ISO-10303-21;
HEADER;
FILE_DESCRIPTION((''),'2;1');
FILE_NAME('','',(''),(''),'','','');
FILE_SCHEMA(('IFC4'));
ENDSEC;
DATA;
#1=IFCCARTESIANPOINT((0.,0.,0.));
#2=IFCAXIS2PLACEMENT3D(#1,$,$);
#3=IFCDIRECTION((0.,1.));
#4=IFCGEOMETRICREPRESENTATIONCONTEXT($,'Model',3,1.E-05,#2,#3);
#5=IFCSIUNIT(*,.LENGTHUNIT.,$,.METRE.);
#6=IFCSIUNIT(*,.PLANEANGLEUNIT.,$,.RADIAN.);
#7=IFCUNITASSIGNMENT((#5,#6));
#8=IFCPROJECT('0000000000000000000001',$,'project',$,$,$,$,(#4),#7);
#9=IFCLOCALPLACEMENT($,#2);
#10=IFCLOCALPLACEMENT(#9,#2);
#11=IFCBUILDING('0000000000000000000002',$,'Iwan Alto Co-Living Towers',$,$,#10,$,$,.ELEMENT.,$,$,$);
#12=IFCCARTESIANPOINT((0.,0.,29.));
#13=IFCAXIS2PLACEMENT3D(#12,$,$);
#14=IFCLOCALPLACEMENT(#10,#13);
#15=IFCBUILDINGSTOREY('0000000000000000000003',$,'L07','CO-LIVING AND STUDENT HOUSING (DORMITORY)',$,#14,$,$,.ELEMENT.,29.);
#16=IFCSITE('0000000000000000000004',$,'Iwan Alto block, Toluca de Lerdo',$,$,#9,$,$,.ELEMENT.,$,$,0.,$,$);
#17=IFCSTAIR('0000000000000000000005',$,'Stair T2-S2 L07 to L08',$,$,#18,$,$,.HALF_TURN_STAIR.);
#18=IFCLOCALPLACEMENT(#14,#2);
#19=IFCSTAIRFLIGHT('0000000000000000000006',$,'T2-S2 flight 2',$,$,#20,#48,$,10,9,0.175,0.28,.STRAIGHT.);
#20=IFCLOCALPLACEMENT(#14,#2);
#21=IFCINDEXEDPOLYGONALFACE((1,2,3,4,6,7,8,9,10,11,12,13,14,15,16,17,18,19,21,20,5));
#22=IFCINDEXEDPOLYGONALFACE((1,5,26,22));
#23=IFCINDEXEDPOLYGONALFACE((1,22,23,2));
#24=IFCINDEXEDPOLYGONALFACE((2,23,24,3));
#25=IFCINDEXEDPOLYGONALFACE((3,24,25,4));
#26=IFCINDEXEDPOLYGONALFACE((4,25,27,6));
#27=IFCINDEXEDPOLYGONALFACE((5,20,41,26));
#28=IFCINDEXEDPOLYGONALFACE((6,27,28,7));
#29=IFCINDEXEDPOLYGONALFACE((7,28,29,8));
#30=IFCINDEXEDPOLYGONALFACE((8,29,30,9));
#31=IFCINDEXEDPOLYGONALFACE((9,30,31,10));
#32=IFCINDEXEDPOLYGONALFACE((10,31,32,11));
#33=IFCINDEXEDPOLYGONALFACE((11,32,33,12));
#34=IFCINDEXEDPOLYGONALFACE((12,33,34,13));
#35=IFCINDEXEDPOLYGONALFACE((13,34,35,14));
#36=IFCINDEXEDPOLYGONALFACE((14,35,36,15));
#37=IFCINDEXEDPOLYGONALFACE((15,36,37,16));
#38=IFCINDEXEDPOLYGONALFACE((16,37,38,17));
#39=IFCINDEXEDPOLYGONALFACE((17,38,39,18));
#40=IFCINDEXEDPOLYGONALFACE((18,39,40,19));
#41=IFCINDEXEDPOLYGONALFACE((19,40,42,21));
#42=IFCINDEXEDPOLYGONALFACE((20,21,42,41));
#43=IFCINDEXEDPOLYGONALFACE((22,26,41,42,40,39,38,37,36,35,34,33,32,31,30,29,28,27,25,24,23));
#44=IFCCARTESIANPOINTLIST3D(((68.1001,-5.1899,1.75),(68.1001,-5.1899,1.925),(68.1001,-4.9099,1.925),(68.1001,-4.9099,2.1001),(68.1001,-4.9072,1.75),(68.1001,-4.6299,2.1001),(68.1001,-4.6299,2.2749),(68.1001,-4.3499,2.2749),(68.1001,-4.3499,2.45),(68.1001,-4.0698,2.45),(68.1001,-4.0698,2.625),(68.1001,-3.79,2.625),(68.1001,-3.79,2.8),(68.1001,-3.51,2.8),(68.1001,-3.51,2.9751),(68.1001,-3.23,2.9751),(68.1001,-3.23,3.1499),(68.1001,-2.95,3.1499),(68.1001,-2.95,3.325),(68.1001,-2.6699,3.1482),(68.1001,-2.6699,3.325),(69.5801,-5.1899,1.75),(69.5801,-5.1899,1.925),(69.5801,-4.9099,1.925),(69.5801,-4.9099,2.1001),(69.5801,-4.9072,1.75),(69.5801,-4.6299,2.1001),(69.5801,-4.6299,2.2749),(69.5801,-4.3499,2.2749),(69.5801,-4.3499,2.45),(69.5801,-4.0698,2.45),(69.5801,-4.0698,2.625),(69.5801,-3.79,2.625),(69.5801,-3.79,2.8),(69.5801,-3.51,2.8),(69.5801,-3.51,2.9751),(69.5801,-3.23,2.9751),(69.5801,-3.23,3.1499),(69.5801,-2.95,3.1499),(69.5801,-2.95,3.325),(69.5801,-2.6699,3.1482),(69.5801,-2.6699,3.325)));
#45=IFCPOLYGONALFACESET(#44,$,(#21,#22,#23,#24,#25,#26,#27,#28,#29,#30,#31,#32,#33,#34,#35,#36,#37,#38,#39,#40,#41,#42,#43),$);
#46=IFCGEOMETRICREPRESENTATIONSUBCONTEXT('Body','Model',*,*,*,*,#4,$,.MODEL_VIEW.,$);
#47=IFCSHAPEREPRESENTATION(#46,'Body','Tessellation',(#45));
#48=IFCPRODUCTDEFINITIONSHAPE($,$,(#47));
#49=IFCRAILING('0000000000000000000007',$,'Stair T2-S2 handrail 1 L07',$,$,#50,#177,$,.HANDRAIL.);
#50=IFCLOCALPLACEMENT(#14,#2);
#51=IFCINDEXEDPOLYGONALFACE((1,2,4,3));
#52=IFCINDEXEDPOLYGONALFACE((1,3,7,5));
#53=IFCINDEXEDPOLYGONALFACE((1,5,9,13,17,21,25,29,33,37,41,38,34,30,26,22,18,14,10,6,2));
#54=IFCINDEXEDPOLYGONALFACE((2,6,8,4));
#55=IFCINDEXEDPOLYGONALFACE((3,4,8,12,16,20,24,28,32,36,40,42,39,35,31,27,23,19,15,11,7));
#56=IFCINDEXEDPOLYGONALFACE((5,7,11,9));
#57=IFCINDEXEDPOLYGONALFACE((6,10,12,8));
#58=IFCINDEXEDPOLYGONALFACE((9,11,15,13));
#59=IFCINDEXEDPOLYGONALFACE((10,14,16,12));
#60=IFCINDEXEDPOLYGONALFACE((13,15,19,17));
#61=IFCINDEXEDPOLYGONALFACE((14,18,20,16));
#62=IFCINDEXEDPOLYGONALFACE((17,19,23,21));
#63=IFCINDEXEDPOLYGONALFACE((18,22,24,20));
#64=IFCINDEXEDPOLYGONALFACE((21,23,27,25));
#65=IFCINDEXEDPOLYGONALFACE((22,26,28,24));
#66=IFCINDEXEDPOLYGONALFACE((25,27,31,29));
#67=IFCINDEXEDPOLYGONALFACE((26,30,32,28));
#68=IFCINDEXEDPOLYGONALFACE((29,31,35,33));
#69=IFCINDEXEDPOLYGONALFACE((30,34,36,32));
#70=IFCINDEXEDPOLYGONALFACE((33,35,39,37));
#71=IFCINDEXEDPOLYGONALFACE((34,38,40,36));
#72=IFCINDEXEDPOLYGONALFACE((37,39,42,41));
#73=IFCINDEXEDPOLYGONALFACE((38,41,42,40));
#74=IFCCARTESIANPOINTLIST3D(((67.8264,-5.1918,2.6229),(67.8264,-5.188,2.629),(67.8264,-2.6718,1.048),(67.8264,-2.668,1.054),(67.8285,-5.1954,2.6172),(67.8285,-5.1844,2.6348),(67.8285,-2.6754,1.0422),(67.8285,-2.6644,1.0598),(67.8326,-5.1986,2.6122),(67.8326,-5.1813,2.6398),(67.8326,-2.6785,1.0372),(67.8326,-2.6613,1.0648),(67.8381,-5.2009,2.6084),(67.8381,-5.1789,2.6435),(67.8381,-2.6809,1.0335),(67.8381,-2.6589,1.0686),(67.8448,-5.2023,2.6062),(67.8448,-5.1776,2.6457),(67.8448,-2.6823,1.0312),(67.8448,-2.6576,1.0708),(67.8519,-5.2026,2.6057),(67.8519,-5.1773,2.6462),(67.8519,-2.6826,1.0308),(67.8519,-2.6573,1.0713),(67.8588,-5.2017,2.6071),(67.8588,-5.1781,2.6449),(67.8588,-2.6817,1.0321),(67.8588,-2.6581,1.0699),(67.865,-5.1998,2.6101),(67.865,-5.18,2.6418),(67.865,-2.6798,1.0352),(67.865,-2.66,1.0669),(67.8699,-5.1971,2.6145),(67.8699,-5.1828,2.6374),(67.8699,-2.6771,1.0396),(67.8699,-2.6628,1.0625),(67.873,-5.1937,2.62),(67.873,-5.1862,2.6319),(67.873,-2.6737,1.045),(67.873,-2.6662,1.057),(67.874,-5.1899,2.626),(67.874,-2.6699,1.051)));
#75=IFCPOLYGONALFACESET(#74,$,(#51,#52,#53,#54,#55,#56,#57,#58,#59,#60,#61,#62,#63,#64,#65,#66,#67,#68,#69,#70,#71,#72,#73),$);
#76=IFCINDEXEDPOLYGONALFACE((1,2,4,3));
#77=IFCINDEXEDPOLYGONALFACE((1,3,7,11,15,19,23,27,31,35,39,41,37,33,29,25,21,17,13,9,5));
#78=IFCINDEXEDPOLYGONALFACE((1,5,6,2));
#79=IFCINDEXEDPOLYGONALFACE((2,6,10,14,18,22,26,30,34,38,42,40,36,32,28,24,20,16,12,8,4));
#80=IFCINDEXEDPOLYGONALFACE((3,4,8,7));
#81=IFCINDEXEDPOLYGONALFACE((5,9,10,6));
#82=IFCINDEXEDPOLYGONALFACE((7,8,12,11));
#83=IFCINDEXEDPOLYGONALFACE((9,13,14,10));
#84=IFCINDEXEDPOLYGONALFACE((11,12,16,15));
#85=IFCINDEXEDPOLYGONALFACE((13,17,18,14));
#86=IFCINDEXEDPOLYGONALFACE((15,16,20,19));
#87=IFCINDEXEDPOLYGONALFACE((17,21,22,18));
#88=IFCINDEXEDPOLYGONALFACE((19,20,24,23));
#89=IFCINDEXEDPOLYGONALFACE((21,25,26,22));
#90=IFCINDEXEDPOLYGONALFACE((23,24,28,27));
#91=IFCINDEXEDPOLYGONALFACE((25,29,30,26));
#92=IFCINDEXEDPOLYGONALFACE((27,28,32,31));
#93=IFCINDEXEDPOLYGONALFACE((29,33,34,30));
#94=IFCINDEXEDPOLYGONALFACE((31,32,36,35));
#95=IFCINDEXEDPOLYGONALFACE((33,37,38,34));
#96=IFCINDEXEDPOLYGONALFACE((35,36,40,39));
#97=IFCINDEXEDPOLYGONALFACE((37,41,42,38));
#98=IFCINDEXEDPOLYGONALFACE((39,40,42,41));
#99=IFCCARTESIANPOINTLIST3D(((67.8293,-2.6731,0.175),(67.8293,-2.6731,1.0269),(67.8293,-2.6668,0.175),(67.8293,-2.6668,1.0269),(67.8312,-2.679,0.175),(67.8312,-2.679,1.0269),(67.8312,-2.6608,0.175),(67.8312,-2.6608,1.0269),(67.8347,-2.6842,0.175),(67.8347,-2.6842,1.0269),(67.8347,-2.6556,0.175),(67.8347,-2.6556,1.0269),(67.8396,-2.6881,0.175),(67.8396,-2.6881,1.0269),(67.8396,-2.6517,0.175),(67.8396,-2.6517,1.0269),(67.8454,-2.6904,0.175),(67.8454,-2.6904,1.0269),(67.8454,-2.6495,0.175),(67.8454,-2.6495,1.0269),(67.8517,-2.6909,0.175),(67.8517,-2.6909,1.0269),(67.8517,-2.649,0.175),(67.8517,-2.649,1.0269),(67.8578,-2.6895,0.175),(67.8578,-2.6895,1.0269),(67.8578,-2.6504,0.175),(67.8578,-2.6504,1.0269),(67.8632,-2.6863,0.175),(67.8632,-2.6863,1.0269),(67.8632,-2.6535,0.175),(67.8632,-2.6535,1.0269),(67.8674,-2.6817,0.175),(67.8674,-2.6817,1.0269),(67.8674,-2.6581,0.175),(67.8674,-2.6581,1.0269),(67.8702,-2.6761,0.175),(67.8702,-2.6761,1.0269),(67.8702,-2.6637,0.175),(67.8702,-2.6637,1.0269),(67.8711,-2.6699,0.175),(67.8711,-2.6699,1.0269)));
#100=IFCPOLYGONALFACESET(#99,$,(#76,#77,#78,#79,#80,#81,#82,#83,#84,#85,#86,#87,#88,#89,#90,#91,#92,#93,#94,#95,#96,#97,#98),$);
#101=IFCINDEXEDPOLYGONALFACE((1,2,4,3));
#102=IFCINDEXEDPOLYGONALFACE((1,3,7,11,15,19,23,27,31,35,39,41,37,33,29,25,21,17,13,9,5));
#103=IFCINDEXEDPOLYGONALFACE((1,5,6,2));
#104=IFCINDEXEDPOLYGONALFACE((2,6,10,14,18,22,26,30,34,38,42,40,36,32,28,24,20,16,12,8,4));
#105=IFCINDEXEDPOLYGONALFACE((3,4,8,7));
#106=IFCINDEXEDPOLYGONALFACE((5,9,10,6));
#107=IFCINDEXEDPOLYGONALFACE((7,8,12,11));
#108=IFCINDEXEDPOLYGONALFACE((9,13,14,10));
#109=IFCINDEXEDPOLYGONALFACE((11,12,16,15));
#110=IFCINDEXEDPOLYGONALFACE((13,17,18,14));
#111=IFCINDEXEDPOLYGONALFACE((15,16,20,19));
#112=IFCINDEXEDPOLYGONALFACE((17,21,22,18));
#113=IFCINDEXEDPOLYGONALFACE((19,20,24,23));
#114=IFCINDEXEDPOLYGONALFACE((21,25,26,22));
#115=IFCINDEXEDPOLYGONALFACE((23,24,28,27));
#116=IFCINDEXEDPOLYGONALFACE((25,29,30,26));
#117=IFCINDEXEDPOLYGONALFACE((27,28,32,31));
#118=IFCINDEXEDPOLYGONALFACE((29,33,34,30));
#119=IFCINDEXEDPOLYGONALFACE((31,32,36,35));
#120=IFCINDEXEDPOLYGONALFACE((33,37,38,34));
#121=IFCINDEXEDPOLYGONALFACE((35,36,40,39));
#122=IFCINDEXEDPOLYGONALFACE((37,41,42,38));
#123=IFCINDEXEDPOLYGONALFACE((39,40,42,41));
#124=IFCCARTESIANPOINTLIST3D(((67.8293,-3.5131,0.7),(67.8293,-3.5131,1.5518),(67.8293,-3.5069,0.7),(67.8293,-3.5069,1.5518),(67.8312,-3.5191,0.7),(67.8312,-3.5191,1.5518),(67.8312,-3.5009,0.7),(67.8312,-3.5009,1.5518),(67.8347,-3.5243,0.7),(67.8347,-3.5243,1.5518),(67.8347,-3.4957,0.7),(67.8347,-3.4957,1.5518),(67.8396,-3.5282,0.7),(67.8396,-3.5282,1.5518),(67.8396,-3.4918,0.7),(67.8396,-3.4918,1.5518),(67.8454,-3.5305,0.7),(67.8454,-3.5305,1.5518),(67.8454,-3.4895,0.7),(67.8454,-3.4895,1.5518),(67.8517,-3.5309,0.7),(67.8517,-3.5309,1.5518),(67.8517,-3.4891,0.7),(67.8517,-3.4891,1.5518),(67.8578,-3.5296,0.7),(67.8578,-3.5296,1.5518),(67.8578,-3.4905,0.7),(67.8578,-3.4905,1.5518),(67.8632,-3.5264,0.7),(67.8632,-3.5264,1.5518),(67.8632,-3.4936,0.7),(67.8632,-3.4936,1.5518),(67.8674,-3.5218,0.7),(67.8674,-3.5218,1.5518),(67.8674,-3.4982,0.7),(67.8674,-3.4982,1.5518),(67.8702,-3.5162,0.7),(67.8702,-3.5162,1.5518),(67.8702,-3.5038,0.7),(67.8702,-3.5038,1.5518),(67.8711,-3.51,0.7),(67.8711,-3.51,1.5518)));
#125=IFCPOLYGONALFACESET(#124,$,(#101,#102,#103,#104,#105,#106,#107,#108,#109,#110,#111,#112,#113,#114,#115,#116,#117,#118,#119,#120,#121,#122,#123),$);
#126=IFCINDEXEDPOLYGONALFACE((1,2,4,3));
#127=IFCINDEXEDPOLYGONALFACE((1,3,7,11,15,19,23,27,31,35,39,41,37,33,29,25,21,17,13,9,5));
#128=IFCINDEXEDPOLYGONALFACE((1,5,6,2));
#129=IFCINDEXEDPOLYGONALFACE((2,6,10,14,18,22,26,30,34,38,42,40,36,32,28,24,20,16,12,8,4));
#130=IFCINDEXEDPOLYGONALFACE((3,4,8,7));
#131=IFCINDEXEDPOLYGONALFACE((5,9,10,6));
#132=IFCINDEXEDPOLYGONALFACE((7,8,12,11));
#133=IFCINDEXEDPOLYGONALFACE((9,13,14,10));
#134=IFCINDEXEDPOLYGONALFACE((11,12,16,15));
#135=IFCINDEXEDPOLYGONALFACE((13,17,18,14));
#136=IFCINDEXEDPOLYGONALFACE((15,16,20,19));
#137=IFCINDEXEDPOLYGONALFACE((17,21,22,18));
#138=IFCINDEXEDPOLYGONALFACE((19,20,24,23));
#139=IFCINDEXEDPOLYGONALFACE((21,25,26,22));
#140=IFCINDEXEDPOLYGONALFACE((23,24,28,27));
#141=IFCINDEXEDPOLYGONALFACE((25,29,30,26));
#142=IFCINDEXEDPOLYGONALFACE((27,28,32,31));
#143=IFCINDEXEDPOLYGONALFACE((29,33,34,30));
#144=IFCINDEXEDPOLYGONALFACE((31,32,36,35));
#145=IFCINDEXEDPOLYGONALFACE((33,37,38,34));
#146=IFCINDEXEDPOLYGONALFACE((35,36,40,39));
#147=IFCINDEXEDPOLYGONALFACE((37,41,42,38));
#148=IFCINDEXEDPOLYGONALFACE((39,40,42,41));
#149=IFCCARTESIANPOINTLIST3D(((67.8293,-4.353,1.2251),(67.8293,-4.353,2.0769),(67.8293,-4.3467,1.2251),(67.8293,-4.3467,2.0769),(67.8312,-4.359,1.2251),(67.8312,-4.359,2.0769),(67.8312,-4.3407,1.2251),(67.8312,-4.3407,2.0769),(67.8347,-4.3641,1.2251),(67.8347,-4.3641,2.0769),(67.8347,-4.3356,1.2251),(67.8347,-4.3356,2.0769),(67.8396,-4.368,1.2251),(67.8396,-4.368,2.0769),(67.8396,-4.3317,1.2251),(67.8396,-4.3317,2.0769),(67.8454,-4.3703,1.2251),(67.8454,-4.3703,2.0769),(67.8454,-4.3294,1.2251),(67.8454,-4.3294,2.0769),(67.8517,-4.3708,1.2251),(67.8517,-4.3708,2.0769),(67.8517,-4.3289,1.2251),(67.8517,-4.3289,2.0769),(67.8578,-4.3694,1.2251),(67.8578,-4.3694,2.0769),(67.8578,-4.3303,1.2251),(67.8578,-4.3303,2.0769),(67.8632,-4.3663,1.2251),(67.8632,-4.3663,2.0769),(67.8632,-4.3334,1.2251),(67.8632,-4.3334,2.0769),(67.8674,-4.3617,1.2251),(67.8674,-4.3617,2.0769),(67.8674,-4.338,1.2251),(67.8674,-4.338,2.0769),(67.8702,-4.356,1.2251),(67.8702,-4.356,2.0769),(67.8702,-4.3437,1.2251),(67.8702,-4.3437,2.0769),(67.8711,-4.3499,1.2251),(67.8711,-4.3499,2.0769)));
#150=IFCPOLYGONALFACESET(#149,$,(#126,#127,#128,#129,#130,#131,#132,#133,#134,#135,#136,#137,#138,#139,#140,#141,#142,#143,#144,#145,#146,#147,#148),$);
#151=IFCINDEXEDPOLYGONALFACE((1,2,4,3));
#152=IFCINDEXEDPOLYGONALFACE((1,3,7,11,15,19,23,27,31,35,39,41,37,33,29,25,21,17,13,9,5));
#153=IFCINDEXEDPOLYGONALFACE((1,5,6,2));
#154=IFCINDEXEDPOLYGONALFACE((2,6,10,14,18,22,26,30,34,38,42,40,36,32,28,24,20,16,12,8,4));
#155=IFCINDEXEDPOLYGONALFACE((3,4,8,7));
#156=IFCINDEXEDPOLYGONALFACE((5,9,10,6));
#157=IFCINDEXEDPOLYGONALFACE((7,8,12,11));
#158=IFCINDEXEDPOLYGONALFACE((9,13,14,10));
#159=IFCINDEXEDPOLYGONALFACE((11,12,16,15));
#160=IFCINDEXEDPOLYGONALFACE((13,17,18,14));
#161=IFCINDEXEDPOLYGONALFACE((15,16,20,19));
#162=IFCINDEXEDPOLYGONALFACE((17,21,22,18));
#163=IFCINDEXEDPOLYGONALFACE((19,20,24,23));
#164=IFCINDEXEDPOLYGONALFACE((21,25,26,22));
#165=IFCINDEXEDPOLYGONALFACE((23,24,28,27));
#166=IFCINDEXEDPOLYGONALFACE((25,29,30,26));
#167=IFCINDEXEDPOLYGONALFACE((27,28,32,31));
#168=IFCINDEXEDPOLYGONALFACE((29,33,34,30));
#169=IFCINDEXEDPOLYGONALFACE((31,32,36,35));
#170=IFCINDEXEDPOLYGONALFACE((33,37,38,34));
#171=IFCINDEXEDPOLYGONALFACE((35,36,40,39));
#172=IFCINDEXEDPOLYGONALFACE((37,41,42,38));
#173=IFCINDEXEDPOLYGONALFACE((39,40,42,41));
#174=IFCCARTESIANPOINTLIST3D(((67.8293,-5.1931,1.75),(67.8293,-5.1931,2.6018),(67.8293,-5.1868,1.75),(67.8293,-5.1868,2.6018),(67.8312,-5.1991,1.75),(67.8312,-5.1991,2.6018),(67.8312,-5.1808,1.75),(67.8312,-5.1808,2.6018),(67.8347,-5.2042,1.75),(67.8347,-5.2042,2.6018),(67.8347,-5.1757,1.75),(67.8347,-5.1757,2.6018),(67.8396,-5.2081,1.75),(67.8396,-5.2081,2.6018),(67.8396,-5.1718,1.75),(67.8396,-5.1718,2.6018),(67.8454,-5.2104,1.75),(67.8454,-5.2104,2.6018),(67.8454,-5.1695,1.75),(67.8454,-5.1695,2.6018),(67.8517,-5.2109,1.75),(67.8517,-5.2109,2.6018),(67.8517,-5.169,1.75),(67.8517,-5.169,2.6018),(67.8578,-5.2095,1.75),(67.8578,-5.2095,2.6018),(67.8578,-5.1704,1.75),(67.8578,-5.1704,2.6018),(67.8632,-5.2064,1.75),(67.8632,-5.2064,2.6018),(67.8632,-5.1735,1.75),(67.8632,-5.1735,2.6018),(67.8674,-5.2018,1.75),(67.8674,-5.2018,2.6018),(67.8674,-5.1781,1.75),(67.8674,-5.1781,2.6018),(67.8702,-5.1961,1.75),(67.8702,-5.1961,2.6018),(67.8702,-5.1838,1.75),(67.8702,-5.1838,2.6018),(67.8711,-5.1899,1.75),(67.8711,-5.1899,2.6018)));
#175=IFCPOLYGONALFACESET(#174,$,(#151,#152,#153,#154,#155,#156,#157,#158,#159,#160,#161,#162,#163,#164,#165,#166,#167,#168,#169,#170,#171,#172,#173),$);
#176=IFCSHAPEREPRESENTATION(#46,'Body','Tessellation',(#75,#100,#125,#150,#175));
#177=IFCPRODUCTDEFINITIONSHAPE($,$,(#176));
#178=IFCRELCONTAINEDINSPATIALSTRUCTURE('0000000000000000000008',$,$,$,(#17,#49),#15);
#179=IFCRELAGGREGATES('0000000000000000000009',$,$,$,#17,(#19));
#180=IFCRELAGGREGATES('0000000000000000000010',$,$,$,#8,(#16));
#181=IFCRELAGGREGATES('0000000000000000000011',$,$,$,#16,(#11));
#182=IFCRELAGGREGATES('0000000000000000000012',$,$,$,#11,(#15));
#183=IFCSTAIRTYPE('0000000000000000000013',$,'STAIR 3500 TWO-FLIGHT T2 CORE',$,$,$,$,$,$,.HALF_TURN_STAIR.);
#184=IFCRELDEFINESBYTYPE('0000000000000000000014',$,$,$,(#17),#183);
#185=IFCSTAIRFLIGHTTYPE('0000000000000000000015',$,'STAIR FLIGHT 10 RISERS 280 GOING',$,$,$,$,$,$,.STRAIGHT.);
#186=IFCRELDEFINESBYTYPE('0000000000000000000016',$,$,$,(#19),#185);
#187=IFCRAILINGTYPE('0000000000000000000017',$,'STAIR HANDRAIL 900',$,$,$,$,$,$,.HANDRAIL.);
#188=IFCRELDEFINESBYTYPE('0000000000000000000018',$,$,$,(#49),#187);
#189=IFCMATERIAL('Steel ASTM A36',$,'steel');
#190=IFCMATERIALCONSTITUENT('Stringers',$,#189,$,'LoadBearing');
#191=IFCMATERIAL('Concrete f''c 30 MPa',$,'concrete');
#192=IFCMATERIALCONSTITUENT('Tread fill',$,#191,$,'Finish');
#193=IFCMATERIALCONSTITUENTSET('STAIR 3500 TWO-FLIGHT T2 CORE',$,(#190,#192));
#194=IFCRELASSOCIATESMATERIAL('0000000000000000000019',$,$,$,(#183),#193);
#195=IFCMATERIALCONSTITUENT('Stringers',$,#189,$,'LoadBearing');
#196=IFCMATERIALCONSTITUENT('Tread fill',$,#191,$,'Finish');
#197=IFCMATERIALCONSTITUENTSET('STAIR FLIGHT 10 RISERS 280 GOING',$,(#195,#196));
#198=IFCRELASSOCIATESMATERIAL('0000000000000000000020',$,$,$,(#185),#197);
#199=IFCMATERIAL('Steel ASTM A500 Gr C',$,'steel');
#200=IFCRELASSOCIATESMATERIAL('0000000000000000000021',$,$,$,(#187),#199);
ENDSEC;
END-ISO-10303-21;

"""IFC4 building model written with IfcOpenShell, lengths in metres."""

from ifc_helpers import new_model, si_unit, direction, frame, origin, origin_2d, place, context, subcontext, project, spatial, polyline, circle, outline, extrude, material, constituent, constituent_set, type_object, element, aggregate, save


model = new_model("IFC4")

# Units and contexts
model_context = context("Model", 3, precision=1e-05, world=origin(), true_north=direction((0.0, 1.0)))
body_context = subcontext(model_context, "Body", "Model", "MODEL_VIEW")
ifc_project = project(units=[si_unit("LENGTHUNIT", "METRE"), si_unit("PLANEANGLEUNIT", "RADIAN")], contexts=[model_context])

# Site, building, storey
site_placement = place(None, origin())
site = spatial("IfcSite", under=ifc_project, at=site_placement, Name="Iwan Alto block, Toluca de Lerdo", CompositionType="ELEMENT", RefElevation=0.0)
building_placement = place(site_placement, origin())
building = spatial("IfcBuilding", under=site, at=building_placement, Name="Iwan Alto Co-Living Towers", CompositionType="ELEMENT")
storey_placement = place(building_placement, frame((0.0, 0.0, 29.0)))
storey = spatial("IfcBuildingStorey", under=building, at=storey_placement, Name="L07", Description="CO-LIVING AND STUDENT HOUSING (DORMITORY)", CompositionType="ELEMENT", Elevation=29.0)

# Stair, stair flight
ifc_material_1 = material(Name="Steel ASTM A36", Category="steel")
ifc_constituent_1 = constituent(ifc_material_1, Name="Stringers", Category="LoadBearing")
ifc_material_2 = material(Name="Concrete f'c 30 MPa", Category="concrete")
ifc_constituent_2 = constituent(ifc_material_2, Name="Tread fill", Category="Finish")
ifc_constituent_set_1 = constituent_set(constituents=[ifc_constituent_1, ifc_constituent_2], Name="STAIR 3500 TWO-FLIGHT T2 CORE")
stair_type = type_object("IfcStairType", Name="STAIR 3500 TWO-FLIGHT T2 CORE", PredefinedType="HALF_TURN_STAIR", material=ifc_constituent_set_1)
stair_placement = place(storey_placement, origin())
stair = element("IfcStair", 1, at=stair_placement, inside=storey, type_object=stair_type, Name="Stair T2-S2 L07 to L08", PredefinedType="HALF_TURN_STAIR")
ifc_constituent_3 = constituent(ifc_material_1, Name="Stringers", Category="LoadBearing")
ifc_constituent_4 = constituent(ifc_material_2, Name="Tread fill", Category="Finish")
ifc_constituent_set_2 = constituent_set(constituents=[ifc_constituent_3, ifc_constituent_4], Name="STAIR FLIGHT 10 RISERS 280 GOING")
stair_flight_type = type_object("IfcStairFlightType", Name="STAIR FLIGHT 10 RISERS 280 GOING", PredefinedType="STRAIGHT", material=ifc_constituent_set_2)
stair_flight_1_placement = place(storey_placement, frame((68.8401, -5.1899, 1.75), z_axis=(0.0, 0.0, 1.0), x_axis=(0.0, 1.0, 0.0)))
stair_flight_1 = element("IfcStairFlight", 2, at=stair_flight_1_placement, type_object=stair_flight_type, Name="T2-S2 flight 2", NumberOfRisers=10, NumberOfTreads=9, PredefinedType="STRAIGHT", RiserHeight=0.175, TreadLength=0.28, context=body_context, shape_type="SweptSolid", body=[
    extrude(outline(polyline([(0.0, 0.0), (0.0, 0.175), (0.28, 0.175), (0.28, 0.3501), (0.5601, 0.3501), (0.5601, 0.5249), (0.8401, 0.5249), (0.8401, 0.7), (1.1201, 0.7), (1.1201, 0.875), (1.3999, 0.875), (1.3999, 1.05), (1.6799, 1.05), (1.6799, 1.2251), (1.96, 1.2251), (1.96, 1.3999), (2.24, 1.3999), (2.24, 1.575), (2.52, 1.575), (2.52, 1.75), (2.52, 1.3982), (0.2827, 0.0), (0.0, 0.0)])), frame((0.0, 0.74, 0.0), z_axis=(0.0, -1.0, 0.0), x_axis=(1.0, 0.0, 0.0)), (0.0, 0.0, 1.0), 1.48),
])
aggregate(stair, [stair_flight_1])

# Railing
ifc_material_3 = material(Name="Steel ASTM A500 Gr C", Category="steel")
railing_type_1 = type_object("IfcRailingType", Name="STAIR HANDRAIL 900", PredefinedType="HANDRAIL", material=ifc_material_3)
railing_1_placement = place(storey_placement, frame((67.8501, -2.6699, 0.175)))
element("IfcRailing", 3, at=railing_1_placement, inside=storey, type_object=railing_type_1, Name="Stair T2-S2 handrail 1 L07", PredefinedType="HANDRAIL", context=body_context, shape_type="SweptSolid", body=[
    extrude(circle(Radius=0.0239, at=origin_2d()), frame((0.0, 0.0, 0.876), z_axis=(0.0, -0.848008, 0.529984), x_axis=(1.0, 0.0, 0.0)), (0.0, 0.0, 1.0), 2.9717),
    extrude(circle(Radius=0.021, at=origin_2d()), origin(), (0.0, 0.0, 1.0), 0.8518),
    extrude(circle(Radius=0.021, at=origin_2d()), frame((0.0, -0.8401, 0.5249)), (0.0, 0.0, 1.0), 0.8518),
    extrude(circle(Radius=0.021, at=origin_2d()), frame((0.0, -1.6799, 1.05)), (0.0, 0.0, 1.0), 0.8518),
    extrude(circle(Radius=0.021, at=origin_2d()), frame((0.0, -2.52, 1.575)), (0.0, 0.0, 1.0), 0.8518),
])

save(model, "model.ifc")
